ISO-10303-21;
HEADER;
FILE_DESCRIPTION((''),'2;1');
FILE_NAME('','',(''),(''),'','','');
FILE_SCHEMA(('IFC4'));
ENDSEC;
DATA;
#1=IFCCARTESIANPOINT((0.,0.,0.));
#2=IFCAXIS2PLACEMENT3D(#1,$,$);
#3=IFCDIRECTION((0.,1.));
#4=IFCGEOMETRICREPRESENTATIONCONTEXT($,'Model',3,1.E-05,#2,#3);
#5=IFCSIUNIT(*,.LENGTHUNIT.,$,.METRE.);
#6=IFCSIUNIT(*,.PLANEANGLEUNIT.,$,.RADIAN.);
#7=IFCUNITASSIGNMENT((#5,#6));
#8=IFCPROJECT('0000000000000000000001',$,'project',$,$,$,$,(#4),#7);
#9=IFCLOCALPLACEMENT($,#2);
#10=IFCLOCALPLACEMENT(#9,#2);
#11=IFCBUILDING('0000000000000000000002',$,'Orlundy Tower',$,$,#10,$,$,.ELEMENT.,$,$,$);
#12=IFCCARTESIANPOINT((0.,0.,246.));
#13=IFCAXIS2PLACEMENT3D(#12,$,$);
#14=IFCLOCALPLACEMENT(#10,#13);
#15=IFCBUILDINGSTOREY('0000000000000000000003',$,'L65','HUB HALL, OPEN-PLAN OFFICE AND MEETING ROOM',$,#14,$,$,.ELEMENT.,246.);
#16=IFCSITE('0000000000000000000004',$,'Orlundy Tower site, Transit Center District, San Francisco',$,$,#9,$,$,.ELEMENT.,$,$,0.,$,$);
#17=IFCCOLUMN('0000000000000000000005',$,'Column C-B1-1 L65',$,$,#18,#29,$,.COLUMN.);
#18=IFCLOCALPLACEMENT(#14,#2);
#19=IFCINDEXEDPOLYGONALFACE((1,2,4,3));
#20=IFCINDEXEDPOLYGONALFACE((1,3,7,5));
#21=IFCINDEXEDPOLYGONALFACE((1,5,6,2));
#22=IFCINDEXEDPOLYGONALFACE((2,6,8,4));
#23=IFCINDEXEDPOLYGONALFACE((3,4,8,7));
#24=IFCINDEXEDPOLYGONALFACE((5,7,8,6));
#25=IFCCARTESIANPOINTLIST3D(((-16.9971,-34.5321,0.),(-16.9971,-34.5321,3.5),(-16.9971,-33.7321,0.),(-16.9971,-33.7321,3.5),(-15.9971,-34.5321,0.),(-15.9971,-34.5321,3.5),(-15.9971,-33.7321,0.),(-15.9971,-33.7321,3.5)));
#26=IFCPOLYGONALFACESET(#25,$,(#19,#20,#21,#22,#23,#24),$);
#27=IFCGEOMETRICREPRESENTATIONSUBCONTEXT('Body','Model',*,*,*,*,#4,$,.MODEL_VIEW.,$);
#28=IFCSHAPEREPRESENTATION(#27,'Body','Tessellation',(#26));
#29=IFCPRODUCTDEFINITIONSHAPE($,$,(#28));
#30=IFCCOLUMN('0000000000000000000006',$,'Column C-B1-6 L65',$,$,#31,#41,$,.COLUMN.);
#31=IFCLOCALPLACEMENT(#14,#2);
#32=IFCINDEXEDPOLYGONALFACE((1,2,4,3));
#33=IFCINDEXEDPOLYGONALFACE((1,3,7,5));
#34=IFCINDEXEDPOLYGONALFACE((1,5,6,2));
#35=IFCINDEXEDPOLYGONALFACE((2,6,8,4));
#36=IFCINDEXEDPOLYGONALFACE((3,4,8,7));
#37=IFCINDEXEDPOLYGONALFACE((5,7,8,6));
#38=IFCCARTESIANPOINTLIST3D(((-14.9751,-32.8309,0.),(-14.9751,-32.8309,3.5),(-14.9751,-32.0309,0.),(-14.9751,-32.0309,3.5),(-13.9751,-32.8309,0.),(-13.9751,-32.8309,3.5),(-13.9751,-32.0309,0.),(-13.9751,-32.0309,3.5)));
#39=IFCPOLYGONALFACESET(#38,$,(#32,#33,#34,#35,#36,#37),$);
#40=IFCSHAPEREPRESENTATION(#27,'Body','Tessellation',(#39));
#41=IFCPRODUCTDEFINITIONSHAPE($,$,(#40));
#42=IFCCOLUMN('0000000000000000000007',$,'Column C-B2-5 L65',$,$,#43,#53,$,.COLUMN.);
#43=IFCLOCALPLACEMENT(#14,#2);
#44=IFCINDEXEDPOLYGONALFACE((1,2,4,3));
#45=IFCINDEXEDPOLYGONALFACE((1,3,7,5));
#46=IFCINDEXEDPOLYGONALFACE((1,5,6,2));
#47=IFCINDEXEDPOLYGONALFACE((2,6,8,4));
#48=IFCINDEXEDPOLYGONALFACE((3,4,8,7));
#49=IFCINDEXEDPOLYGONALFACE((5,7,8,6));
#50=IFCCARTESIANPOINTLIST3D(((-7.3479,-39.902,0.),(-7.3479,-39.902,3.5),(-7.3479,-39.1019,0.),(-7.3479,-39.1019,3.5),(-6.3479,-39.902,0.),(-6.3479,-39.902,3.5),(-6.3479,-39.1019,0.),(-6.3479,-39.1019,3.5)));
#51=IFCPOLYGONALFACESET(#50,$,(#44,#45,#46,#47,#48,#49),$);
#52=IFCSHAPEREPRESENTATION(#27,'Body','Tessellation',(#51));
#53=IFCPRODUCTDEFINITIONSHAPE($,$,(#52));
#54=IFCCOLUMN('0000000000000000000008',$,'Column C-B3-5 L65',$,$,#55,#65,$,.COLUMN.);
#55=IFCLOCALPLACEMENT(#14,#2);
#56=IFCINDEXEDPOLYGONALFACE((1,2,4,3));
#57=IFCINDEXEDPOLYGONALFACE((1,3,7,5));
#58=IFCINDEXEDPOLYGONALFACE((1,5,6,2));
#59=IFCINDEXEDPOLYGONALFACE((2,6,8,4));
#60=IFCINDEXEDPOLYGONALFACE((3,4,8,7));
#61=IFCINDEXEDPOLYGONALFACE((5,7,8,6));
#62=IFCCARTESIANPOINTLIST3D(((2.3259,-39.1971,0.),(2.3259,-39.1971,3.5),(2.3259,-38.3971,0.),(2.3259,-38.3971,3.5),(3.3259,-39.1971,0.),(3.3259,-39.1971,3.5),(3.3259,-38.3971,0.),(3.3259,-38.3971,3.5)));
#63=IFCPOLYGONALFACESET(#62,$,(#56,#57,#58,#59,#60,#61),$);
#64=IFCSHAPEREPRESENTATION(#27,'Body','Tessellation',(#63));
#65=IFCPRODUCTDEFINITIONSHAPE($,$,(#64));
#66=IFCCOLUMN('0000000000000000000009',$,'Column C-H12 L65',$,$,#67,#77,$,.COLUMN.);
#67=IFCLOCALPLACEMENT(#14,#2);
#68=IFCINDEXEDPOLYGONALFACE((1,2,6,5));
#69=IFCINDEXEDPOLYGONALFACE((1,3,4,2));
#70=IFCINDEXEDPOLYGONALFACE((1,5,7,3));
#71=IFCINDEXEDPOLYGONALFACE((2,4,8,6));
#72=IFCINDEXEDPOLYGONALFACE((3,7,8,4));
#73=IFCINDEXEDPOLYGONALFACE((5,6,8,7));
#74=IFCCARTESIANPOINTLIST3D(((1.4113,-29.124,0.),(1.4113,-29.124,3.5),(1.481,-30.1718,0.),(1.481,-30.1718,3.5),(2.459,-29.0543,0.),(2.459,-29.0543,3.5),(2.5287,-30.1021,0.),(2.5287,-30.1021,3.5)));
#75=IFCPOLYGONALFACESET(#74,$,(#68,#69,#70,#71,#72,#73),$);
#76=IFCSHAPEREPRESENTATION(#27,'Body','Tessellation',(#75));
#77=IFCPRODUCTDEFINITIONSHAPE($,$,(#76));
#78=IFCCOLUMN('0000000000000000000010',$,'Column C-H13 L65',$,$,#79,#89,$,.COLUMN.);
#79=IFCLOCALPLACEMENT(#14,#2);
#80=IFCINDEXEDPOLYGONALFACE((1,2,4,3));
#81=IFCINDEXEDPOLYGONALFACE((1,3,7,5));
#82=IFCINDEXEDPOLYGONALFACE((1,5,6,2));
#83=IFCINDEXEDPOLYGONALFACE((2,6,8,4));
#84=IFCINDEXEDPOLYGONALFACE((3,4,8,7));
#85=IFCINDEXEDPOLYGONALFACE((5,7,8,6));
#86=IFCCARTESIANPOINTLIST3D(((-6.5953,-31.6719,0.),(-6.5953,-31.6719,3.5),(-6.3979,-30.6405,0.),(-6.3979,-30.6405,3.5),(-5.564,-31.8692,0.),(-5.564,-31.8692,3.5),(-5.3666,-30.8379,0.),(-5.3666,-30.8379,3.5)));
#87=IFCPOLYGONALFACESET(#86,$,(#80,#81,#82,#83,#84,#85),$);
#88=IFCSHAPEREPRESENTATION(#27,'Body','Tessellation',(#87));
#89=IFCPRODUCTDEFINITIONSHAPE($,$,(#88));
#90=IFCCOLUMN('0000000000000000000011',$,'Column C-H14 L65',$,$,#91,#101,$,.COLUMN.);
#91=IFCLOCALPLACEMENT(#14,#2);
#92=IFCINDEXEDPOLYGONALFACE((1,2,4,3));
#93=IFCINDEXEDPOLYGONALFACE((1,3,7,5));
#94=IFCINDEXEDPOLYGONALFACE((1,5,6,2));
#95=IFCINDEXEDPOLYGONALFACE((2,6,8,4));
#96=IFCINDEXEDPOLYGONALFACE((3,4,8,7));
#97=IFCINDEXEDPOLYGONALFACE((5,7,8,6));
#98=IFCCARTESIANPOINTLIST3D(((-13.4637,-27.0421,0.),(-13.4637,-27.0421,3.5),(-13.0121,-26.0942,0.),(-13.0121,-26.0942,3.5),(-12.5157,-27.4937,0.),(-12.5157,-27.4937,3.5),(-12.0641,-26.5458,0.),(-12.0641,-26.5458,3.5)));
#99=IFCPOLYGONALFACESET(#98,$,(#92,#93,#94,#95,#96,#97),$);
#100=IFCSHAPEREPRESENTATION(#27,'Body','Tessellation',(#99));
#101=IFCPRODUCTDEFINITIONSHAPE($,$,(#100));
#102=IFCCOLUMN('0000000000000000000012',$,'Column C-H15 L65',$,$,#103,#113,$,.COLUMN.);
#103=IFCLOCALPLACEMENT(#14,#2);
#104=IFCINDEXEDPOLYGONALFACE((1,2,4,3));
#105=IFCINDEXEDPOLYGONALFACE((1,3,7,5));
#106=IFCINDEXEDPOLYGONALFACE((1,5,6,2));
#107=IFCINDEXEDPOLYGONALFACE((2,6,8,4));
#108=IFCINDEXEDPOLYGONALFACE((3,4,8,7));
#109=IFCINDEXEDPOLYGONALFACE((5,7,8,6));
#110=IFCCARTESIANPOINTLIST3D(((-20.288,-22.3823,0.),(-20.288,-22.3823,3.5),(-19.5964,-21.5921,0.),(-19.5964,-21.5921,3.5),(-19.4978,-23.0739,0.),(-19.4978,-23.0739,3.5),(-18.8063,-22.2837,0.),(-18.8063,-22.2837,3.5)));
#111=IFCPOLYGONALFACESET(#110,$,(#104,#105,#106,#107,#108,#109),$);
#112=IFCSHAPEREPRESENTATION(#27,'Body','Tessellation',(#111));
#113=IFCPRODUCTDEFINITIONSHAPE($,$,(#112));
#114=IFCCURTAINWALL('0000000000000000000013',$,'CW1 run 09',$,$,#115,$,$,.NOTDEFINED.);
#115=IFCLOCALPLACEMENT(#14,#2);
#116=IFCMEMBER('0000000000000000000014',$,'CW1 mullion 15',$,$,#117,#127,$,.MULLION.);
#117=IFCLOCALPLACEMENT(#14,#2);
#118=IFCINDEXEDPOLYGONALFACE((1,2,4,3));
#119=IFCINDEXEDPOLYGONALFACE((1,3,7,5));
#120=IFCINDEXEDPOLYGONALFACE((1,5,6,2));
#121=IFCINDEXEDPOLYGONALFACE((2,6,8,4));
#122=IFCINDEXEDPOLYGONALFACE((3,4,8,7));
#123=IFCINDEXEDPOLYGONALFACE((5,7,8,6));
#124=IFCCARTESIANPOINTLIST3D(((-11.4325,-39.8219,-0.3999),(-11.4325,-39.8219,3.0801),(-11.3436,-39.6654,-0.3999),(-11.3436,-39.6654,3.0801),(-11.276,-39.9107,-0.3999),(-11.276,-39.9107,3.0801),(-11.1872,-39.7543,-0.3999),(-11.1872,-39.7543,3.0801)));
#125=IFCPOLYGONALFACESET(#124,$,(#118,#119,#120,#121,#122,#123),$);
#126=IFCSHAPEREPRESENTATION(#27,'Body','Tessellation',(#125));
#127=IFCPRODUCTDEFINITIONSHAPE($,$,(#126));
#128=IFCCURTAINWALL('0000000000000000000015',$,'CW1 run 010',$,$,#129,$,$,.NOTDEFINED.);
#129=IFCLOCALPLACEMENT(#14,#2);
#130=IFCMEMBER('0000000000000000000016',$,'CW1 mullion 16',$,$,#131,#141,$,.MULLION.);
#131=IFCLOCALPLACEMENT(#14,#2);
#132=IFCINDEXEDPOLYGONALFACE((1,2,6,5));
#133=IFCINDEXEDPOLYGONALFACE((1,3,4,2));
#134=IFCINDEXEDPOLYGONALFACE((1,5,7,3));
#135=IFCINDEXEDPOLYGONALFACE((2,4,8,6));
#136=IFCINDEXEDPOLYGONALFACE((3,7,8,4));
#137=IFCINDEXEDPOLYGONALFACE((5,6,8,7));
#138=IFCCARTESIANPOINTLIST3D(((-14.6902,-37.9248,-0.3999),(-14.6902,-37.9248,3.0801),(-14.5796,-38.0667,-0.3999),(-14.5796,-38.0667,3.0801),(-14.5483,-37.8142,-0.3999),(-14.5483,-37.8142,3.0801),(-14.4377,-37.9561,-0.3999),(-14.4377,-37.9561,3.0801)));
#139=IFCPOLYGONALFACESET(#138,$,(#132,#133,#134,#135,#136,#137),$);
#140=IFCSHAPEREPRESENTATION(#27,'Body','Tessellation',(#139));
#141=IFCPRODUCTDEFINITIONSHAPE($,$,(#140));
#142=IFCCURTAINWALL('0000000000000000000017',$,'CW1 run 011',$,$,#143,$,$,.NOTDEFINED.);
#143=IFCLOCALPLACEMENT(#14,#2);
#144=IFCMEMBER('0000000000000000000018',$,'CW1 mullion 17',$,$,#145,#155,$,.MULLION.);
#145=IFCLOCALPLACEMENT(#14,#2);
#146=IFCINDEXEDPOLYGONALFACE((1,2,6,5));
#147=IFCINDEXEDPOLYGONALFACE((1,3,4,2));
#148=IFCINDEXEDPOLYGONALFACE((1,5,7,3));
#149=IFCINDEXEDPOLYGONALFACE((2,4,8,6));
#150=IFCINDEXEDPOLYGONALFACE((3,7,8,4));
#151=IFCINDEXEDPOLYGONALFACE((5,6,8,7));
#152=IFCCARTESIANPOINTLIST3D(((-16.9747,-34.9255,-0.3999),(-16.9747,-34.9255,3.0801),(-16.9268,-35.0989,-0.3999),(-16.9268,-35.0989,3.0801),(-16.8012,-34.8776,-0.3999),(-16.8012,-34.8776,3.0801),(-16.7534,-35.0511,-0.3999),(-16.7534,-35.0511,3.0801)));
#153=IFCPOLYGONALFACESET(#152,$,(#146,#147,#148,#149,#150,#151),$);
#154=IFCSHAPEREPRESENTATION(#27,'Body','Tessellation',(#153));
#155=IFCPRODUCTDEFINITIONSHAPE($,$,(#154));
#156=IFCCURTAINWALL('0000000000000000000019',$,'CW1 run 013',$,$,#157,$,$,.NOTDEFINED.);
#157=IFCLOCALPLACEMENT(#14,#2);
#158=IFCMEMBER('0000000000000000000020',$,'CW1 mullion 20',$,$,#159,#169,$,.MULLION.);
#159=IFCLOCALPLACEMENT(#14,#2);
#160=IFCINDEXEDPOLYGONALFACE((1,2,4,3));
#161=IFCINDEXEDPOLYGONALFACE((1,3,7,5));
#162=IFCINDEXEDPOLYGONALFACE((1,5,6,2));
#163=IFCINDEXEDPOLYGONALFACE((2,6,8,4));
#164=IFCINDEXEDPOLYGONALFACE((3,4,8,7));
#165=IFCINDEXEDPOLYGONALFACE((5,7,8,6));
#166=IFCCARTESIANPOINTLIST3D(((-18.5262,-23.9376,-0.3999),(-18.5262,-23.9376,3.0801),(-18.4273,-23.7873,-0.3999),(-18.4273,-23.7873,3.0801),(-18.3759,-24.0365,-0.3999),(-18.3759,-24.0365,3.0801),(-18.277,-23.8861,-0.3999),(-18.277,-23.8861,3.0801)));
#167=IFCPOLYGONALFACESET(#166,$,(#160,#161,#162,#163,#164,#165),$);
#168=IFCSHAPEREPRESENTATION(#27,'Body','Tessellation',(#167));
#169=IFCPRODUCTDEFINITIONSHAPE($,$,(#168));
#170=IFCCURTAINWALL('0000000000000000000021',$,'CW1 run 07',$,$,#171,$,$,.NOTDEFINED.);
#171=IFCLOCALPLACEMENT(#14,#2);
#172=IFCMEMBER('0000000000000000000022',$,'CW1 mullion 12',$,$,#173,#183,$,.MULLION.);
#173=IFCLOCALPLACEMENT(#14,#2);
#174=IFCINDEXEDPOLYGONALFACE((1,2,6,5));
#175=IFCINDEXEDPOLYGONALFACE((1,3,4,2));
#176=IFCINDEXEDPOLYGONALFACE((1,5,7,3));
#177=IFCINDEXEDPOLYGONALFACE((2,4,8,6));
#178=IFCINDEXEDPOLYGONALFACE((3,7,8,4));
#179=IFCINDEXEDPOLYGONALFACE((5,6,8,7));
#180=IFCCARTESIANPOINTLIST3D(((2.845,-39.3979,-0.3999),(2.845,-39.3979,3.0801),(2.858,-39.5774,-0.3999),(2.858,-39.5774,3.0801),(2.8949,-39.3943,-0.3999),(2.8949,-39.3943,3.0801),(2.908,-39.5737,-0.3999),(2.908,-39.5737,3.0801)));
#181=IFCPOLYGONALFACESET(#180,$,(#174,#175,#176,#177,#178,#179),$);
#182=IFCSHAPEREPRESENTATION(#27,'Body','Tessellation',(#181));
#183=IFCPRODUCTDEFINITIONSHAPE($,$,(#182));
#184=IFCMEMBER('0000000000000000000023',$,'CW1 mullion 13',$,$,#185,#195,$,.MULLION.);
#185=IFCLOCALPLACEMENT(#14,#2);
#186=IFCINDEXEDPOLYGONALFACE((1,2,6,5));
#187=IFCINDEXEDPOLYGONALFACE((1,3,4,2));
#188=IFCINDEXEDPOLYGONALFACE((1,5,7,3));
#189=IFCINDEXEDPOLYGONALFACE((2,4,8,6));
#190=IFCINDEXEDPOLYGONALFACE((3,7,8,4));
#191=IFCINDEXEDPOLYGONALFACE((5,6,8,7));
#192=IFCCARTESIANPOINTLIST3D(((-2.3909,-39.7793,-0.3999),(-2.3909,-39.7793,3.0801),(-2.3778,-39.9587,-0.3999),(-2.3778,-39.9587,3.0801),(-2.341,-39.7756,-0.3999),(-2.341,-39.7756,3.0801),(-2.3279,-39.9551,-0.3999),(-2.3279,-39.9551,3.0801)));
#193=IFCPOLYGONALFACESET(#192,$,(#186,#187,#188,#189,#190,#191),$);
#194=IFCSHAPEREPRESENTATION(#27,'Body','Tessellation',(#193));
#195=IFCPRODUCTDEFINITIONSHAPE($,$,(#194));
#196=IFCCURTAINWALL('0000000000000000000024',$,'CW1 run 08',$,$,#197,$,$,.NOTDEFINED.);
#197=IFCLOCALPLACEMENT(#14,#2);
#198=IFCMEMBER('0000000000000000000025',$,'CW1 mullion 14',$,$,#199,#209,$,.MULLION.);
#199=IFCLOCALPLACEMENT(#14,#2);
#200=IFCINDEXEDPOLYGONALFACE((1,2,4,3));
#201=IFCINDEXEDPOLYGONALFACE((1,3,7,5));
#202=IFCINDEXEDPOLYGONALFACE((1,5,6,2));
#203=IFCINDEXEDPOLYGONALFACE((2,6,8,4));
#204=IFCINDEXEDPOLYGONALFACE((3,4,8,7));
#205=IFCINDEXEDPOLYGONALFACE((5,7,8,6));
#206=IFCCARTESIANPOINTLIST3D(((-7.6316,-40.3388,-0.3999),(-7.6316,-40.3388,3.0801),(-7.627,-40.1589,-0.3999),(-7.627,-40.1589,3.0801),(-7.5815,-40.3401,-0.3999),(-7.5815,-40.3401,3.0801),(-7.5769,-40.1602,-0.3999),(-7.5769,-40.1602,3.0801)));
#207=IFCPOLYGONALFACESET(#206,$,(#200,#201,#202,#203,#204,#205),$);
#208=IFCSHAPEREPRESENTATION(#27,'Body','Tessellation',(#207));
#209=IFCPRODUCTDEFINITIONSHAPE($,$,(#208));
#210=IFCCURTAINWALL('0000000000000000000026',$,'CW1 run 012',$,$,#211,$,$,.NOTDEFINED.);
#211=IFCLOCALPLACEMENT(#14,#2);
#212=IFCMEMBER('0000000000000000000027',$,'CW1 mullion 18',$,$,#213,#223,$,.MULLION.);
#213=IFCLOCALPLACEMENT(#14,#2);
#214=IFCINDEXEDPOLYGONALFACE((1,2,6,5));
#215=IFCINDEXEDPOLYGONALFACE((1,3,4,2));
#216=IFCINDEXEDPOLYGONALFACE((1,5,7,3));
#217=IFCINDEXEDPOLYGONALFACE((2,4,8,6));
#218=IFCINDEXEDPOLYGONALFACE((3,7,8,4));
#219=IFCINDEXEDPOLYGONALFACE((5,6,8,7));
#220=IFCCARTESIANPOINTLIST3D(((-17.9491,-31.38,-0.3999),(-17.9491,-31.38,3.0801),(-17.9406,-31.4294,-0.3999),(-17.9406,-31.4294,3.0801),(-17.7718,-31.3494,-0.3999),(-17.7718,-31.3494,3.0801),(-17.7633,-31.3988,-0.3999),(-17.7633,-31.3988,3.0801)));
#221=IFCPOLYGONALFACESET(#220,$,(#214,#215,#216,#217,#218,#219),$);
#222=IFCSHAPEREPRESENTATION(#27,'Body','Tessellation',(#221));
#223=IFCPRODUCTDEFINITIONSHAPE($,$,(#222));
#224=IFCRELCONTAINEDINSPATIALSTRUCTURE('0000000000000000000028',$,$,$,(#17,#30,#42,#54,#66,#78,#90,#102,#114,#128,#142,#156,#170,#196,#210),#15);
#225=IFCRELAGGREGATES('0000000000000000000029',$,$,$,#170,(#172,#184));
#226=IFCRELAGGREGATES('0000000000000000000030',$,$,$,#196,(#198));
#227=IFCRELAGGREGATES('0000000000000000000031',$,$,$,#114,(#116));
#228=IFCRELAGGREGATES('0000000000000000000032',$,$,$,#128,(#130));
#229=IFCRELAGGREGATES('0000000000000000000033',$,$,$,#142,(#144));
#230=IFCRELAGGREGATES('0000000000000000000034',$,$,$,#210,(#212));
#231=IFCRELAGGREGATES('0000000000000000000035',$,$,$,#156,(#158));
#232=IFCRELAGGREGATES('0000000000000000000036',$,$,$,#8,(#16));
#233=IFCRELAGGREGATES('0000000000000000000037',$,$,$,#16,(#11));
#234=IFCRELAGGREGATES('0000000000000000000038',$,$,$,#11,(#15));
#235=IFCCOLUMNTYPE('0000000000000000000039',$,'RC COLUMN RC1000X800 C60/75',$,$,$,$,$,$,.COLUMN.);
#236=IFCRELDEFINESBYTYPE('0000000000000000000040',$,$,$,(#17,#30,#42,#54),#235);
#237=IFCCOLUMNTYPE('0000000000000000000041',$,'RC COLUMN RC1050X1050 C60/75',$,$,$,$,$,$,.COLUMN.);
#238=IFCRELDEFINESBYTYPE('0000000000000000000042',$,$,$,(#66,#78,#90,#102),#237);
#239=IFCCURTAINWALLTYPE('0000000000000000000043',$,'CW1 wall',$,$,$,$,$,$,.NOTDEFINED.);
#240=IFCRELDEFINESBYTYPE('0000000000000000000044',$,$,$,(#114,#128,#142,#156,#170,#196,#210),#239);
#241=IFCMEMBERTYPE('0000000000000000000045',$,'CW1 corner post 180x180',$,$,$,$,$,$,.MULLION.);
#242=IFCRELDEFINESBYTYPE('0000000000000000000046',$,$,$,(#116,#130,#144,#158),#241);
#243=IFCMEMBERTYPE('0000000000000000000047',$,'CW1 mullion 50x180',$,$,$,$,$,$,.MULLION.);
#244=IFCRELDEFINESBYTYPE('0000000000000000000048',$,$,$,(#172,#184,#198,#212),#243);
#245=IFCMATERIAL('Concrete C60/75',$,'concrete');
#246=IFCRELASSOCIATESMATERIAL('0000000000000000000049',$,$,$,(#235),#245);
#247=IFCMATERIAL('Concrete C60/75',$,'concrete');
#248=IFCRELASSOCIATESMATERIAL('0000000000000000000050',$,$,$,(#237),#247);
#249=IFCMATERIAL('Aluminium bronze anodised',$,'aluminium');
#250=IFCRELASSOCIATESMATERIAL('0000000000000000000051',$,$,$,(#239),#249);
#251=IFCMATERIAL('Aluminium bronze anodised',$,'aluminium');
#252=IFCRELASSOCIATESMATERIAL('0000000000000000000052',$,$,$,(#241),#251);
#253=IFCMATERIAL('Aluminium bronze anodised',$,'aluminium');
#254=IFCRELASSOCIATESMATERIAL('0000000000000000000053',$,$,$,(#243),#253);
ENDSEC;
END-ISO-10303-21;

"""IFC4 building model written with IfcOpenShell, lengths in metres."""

from ifc_helpers import new_model, si_unit, direction, frame, origin, origin_2d, place, context, subcontext, project, spatial, rectangle, extrude, material, material_profile, profile_set, type_object, element, aggregate, save


model = new_model("IFC4")

# Units and contexts
model_context = context("Model", 3, precision=1e-05, world=origin(), true_north=direction((0.0, 1.0)))
body_context = subcontext(model_context, "Body", "Model", "MODEL_VIEW")
ifc_project = project(units=[si_unit("LENGTHUNIT", "METRE"), si_unit("PLANEANGLEUNIT", "RADIAN")], contexts=[model_context])

# Site, building, storey
site_placement = place(None, origin())
site = spatial("IfcSite", under=ifc_project, at=site_placement, Name="Orlundy Tower site, Transit Center District, San Francisco", CompositionType="ELEMENT", RefElevation=0.0)
building_placement = place(site_placement, origin())
building = spatial("IfcBuilding", under=site, at=building_placement, Name="Orlundy Tower", CompositionType="ELEMENT")
storey_placement = place(building_placement, frame((0.0, 0.0, 246.0)))
storey = spatial("IfcBuildingStorey", under=building, at=storey_placement, Name="L65", Description="HUB HALL, OPEN-PLAN OFFICE AND MEETING ROOM", CompositionType="ELEMENT", Elevation=246.0)

# Columns
ifc_material_1 = material(Name="Concrete C60/75", Category="concrete")
ifc_material_profile_1 = material_profile(ifc_material_1, rectangle(XDim=1.0, YDim=0.8, at=origin_2d()), Name="RC1000X800")
ifc_profile_set_1 = profile_set([ifc_material_profile_1], Name="Concrete C60/75")
column_type_1 = type_object("IfcColumnType", Name="RC COLUMN RC1000X800 C60/75", PredefinedType="COLUMN", material=ifc_profile_set_1)
for number, where, z_axis, x_axis, name in (
    (1, (-16.4971, -34.1321, 0.0), (0.0, 0.0, 1.0), (1.0, 0.0, 0.0), "Column C-B1-1 L65"),
    (2, (-14.4751, -32.4309, 0.0), (0.0, 0.0, 1.0), (1.0, 0.0, 0.0), "Column C-B1-6 L65"),
    (3, (-6.8479, -39.502, 0.0), (0.0, 0.0, 1.0), (1.0, 0.0, 0.0), "Column C-B2-5 L65"),
    (4, (2.8259, -38.7971, 0.0), (0.0, 0.0, 1.0), (1.0, 0.0, 0.0), "Column C-B3-5 L65"),
):
    element("IfcColumn", number, at=place(storey_placement, frame(where, z_axis=z_axis, x_axis=x_axis)), inside=storey, type_object=column_type_1, Name=name, PredefinedType="COLUMN", context=body_context, shape_type="SweptSolid", body=[
        extrude(rectangle(XDim=1.0, YDim=0.8, at=origin_2d()), origin(), (0.0, 0.0, 1.0), 3.5),
    ])
ifc_material_2 = material(Name="Concrete C60/75", Category="concrete")
ifc_material_profile_2 = material_profile(ifc_material_2, rectangle(XDim=1.05, YDim=1.05, at=origin_2d()), Name="RC1050X1050")
ifc_profile_set_2 = profile_set([ifc_material_profile_2], Name="Concrete C60/75")
column_type_2 = type_object("IfcColumnType", Name="RC COLUMN RC1050X1050 C60/75", PredefinedType="COLUMN", material=ifc_profile_set_2)
for number, where, z_axis, x_axis, name in (
    (5, (1.97, -29.613, 0.0), (0.0, 0.0, 1.0), (0.066378, -0.997795, 0.0), "Column C-H12 L65"),
    (6, (-5.981, -31.2549, 0.0), (0.0, 0.0, 1.0), (-0.187947, -0.982179, 0.0), "Column C-H13 L65"),
    (7, (-12.7639, -26.7939, 0.0), (0.0, 0.0, 1.0), (-0.43007, -0.902796, 0.0), "Column C-H14 L65"),
    (8, (-19.5471, -22.333, 0.0), (0.0, 0.0, 1.0), (-0.658611, -0.752484, 0.0), "Column C-H15 L65"),
):
    element("IfcColumn", number, at=place(storey_placement, frame(where, z_axis=z_axis, x_axis=x_axis)), inside=storey, type_object=column_type_2, Name=name, PredefinedType="COLUMN", context=body_context, shape_type="SweptSolid", body=[
        extrude(rectangle(XDim=1.05, YDim=1.05, at=origin_2d()), origin(), (0.0, 0.0, 1.0), 3.5),
    ])

# Curtain walls, members
ifc_material_3 = material(Name="Aluminium bronze anodised", Category="aluminium")
curtain_wall_type = type_object("IfcCurtainWallType", Name="CW1 wall", PredefinedType="NOTDEFINED", material=ifc_material_3)
curtain_wall_1_placement = place(storey_placement, origin())
curtain_wall_1 = element("IfcCurtainWall", 9, at=curtain_wall_1_placement, inside=storey, type_object=curtain_wall_type, Name="CW1 run 09", PredefinedType="NOTDEFINED")
ifc_material_4 = material(Name="Aluminium bronze anodised", Category="aluminium")
ifc_material_profile_3 = material_profile(ifc_material_4, rectangle(XDim=0.1799, YDim=0.1799, at=origin_2d()), Name="CW1 corner post 180x180")
ifc_profile_set_3 = profile_set([ifc_material_profile_3], Name="Aluminium bronze anodised")
member_type_1 = type_object("IfcMemberType", Name="CW1 corner post 180x180", PredefinedType="MULLION", material=ifc_profile_set_3)
member_1_placement = place(storey_placement, frame((-11.3098, -39.7881, -0.3999), z_axis=(0.0, 0.0, 1.0), x_axis=(-0.493754, -0.869601, 0.0)))
member_1 = element("IfcMember", 10, at=member_1_placement, type_object=member_type_1, Name="CW1 mullion 15", PredefinedType="MULLION", context=body_context, shape_type="SweptSolid", body=[
    extrude(rectangle(XDim=0.1799, YDim=0.1799, at=origin_2d()), origin(), (0.0, 0.0, 1.0), 3.48),
])
curtain_wall_2_placement = place(storey_placement, origin())
curtain_wall_2 = element("IfcCurtainWall", 11, at=curtain_wall_2_placement, inside=storey, type_object=curtain_wall_type, Name="CW1 run 010", PredefinedType="NOTDEFINED")
member_2_placement = place(storey_placement, frame((-14.564, -37.9404, -0.3999), z_axis=(0.0, 0.0, 1.0), x_axis=(-0.788858, -0.614575, 0.0)))
member_2 = element("IfcMember", 12, at=member_2_placement, type_object=member_type_1, Name="CW1 mullion 16", PredefinedType="MULLION", context=body_context, shape_type="SweptSolid", body=[
    extrude(rectangle(XDim=0.1799, YDim=0.1799, at=origin_2d()), origin(), (0.0, 0.0, 1.0), 3.48),
])
curtain_wall_3_placement = place(storey_placement, origin())
curtain_wall_3 = element("IfcCurtainWall", 13, at=curtain_wall_3_placement, inside=storey, type_object=curtain_wall_type, Name="CW1 run 011", PredefinedType="NOTDEFINED")
member_3_placement = place(storey_placement, frame((-16.864, -34.9883, -0.3999), z_axis=(0.0, 0.0, 1.0), x_axis=(-0.964038, -0.265765, 0.0)))
member_3 = element("IfcMember", 14, at=member_3_placement, type_object=member_type_1, Name="CW1 mullion 17", PredefinedType="MULLION", context=body_context, shape_type="SweptSolid", body=[
    extrude(rectangle(XDim=0.1799, YDim=0.1799, at=origin_2d()), origin(), (0.0, 0.0, 1.0), 3.48),
])
curtain_wall_4_placement = place(storey_placement, origin())
curtain_wall_4 = element("IfcCurtainWall", 15, at=curtain_wall_4_placement, inside=storey, type_object=curtain_wall_type, Name="CW1 run 013", PredefinedType="NOTDEFINED")
member_4_placement = place(storey_placement, frame((-18.4016, -23.9119, -0.3999), z_axis=(0.0, 0.0, 1.0), x_axis=(-0.549527, -0.835476, 0.0)))
member_4 = element("IfcMember", 16, at=member_4_placement, type_object=member_type_1, Name="CW1 mullion 20", PredefinedType="MULLION", context=body_context, shape_type="SweptSolid", body=[
    extrude(rectangle(XDim=0.1799, YDim=0.1799, at=origin_2d()), origin(), (0.0, 0.0, 1.0), 3.48),
])

# Curtain wall, members
curtain_wall_5_placement = place(storey_placement, origin())
curtain_wall_5 = element("IfcCurtainWall", 17, at=curtain_wall_5_placement, inside=storey, type_object=curtain_wall_type, Name="CW1 run 07", PredefinedType="NOTDEFINED")
ifc_material_5 = material(Name="Aluminium bronze anodised", Category="aluminium")
ifc_material_profile_4 = material_profile(ifc_material_5, rectangle(XDim=0.1799, YDim=0.05, at=origin_2d()), Name="CW1 mullion 50x180")
ifc_profile_set_4 = profile_set([ifc_material_profile_4], Name="Aluminium bronze anodised")
member_type_2 = type_object("IfcMemberType", Name="CW1 mullion 50x180", PredefinedType="MULLION", material=ifc_profile_set_4)
member_5_placement = place(storey_placement, frame((2.8765, -39.4858, -0.3999), z_axis=(0.0, 0.0, 1.0), x_axis=(0.072668, -0.997356, 0.0)))
member_5 = element("IfcMember", 18, at=member_5_placement, type_object=member_type_2, Name="CW1 mullion 12", PredefinedType="MULLION", context=body_context, shape_type="SweptSolid", body=[
    extrude(rectangle(XDim=0.1799, YDim=0.05, at=origin_2d()), origin(), (0.0, 0.0, 1.0), 3.48),
])
member_6_placement = place(storey_placement, frame((-2.3594, -39.8672, -0.3999), z_axis=(0.0, 0.0, 1.0), x_axis=(0.072668, -0.997356, 0.0)))
member_6 = element("IfcMember", 19, at=member_6_placement, type_object=member_type_2, Name="CW1 mullion 13", PredefinedType="MULLION", context=body_context, shape_type="SweptSolid", body=[
    extrude(rectangle(XDim=0.1799, YDim=0.05, at=origin_2d()), origin(), (0.0, 0.0, 1.0), 3.48),
])

# Curtain wall, member
curtain_wall_6_placement = place(storey_placement, origin())
curtain_wall_6 = element("IfcCurtainWall", 20, at=curtain_wall_6_placement, inside=storey, type_object=curtain_wall_type, Name="CW1 run 08", PredefinedType="NOTDEFINED")
member_7_placement = place(storey_placement, frame((-7.6042, -40.2495, -0.3999), z_axis=(0.0, 0.0, 1.0), x_axis=(-0.025558, -0.999673, 0.0)))
member_7 = element("IfcMember", 21, at=member_7_placement, type_object=member_type_2, Name="CW1 mullion 14", PredefinedType="MULLION", context=body_context, shape_type="SweptSolid", body=[
    extrude(rectangle(XDim=0.1799, YDim=0.05, at=origin_2d()), origin(), (0.0, 0.0, 1.0), 3.48),
])

# Curtain wall, member
curtain_wall_7_placement = place(storey_placement, origin())
curtain_wall_7 = element("IfcCurtainWall", 22, at=curtain_wall_7_placement, inside=storey, type_object=curtain_wall_type, Name="CW1 run 012", PredefinedType="NOTDEFINED")
member_8_placement = place(storey_placement, frame((-17.8562, -31.3894, -0.3999), z_axis=(0.0, 0.0, 1.0), x_axis=(-0.985431, -0.170073, 0.0)))
member_8 = element("IfcMember", 23, at=member_8_placement, type_object=member_type_2, Name="CW1 mullion 18", PredefinedType="MULLION", context=body_context, shape_type="SweptSolid", body=[
    extrude(rectangle(XDim=0.1799, YDim=0.05, at=origin_2d()), origin(), (0.0, 0.0, 1.0), 3.48),
])

aggregate(curtain_wall_5, [member_5, member_6])
aggregate(curtain_wall_6, [member_7])
aggregate(curtain_wall_1, [member_1])
aggregate(curtain_wall_2, [member_2])
aggregate(curtain_wall_3, [member_3])
aggregate(curtain_wall_7, [member_8])
aggregate(curtain_wall_4, [member_4])

save(model, "model.ifc")
